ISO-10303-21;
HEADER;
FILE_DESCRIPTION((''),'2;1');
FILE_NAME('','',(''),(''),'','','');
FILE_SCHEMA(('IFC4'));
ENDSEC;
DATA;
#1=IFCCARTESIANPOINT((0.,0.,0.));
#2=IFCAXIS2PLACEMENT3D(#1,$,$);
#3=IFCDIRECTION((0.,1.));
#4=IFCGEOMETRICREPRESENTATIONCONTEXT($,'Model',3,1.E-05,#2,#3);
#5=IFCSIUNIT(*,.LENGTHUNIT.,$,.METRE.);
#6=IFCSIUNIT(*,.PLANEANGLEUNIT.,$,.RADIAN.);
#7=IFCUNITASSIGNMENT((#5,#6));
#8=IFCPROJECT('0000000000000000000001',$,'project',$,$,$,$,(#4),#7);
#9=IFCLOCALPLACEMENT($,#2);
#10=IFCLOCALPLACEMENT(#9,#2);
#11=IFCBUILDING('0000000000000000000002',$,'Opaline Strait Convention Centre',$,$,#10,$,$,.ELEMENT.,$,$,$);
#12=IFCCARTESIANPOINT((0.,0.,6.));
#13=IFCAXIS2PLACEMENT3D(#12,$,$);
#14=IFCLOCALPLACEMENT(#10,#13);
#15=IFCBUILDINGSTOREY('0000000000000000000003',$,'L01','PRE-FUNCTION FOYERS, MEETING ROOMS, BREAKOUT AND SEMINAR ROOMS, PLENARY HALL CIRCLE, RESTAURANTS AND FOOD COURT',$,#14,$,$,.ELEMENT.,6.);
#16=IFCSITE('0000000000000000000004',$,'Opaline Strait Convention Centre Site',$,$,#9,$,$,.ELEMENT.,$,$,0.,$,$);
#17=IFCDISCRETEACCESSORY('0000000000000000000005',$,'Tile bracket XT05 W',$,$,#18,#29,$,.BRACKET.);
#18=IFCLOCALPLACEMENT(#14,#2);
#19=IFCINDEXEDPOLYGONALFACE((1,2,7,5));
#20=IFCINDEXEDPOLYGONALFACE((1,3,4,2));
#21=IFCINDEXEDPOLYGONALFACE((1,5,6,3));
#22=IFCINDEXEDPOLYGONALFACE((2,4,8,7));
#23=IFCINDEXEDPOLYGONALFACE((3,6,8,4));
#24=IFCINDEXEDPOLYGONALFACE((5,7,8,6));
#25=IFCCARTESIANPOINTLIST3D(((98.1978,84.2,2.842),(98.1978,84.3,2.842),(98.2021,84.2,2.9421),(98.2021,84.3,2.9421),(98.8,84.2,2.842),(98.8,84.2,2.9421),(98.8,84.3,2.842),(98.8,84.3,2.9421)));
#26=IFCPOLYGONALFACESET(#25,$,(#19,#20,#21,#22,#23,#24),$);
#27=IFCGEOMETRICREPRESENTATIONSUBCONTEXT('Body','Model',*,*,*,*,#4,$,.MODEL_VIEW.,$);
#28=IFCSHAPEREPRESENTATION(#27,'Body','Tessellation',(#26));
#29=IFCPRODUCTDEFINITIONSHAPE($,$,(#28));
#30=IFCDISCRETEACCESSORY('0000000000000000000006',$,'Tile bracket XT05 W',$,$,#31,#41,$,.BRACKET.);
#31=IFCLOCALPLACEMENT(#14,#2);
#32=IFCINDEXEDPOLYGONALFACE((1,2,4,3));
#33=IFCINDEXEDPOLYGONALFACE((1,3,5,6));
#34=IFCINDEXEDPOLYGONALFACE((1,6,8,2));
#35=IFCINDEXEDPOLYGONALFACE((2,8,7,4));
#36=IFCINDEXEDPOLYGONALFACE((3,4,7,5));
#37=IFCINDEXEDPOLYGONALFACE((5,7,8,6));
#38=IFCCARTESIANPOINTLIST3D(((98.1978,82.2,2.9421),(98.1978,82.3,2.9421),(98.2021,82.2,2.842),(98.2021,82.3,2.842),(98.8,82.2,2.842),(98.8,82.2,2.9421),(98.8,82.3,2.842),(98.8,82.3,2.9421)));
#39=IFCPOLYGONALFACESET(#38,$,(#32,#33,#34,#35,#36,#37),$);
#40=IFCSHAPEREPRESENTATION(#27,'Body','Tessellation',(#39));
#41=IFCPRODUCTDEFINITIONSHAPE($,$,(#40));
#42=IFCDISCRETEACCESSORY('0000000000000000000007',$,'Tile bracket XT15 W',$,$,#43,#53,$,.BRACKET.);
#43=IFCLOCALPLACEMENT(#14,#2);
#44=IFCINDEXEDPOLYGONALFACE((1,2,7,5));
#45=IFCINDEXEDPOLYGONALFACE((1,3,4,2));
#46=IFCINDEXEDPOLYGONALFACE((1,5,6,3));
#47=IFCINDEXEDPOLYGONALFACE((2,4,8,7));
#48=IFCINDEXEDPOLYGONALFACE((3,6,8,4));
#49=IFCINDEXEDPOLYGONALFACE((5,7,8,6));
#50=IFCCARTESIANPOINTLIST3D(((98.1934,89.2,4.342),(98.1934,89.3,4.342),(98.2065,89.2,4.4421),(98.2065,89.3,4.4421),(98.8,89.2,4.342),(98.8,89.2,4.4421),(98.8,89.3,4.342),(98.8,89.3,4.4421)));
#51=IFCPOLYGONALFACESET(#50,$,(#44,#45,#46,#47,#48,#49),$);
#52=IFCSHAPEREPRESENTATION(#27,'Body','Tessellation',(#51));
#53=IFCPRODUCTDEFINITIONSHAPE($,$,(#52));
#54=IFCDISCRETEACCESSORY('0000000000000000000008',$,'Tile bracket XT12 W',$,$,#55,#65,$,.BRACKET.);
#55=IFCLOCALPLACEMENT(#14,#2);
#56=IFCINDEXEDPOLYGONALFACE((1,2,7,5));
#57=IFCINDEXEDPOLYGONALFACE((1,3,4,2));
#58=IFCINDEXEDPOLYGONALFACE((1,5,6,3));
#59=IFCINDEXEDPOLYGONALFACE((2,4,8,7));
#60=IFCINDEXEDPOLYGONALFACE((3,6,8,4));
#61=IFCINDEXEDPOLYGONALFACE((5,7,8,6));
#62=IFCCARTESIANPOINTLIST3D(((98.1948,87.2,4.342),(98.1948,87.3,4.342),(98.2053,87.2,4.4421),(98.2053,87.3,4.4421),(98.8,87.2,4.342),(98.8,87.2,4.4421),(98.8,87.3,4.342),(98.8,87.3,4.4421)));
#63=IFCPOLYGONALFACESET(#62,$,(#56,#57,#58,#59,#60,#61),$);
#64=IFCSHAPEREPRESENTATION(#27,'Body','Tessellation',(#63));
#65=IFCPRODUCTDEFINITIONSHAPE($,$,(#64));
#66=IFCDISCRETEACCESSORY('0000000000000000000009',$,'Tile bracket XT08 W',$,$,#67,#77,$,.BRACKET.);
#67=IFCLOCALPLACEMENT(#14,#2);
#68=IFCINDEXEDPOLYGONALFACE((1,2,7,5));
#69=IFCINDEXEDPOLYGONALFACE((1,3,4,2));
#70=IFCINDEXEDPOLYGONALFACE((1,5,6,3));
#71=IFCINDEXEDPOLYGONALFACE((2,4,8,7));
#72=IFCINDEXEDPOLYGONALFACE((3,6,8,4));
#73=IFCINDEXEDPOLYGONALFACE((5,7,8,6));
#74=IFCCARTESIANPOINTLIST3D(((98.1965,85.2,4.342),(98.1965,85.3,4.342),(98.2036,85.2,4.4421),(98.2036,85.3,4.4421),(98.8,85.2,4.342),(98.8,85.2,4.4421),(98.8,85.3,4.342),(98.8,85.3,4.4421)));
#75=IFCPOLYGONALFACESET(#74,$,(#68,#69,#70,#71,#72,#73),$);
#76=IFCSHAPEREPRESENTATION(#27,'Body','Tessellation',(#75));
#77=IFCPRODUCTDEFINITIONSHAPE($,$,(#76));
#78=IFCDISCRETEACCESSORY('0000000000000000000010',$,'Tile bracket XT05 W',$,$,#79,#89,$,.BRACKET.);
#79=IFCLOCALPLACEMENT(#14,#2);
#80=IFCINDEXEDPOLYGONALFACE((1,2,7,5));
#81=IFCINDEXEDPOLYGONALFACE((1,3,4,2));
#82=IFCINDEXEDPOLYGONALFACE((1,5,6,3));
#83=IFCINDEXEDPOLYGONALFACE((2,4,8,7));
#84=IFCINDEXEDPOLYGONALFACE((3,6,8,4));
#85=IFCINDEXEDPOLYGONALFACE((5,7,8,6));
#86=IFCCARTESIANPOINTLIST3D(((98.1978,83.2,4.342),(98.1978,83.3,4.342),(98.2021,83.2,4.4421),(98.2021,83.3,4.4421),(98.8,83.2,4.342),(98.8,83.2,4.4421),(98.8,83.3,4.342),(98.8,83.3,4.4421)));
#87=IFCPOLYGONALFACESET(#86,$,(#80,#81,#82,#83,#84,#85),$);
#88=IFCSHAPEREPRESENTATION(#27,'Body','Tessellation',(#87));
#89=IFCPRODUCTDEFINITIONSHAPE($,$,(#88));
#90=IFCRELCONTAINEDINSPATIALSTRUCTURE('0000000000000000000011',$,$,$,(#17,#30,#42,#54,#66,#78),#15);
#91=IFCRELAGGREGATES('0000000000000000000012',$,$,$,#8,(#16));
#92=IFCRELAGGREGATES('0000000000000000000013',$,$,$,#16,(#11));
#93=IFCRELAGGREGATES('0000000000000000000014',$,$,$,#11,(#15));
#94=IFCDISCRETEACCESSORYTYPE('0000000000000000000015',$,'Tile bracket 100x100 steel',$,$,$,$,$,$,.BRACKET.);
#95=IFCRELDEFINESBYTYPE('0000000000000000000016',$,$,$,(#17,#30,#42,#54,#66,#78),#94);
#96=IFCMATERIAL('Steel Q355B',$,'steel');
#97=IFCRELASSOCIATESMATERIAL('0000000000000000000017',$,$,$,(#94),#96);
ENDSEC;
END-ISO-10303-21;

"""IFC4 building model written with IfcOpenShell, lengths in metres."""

from ifc_helpers import new_model, si_unit, direction, frame, origin, place, context, subcontext, project, spatial, polyline, outline, extrude, material, type_object, element, save


model = new_model("IFC4")

# Units and contexts
model_context = context("Model", 3, precision=1e-05, world=origin(), true_north=direction((0.0, 1.0)))
body_context = subcontext(model_context, "Body", "Model", "MODEL_VIEW")
ifc_project = project(units=[si_unit("LENGTHUNIT", "METRE"), si_unit("PLANEANGLEUNIT", "RADIAN")], contexts=[model_context])

# Site, building, storey
site_placement = place(None, origin())
site = spatial("IfcSite", under=ifc_project, at=site_placement, Name="Opaline Strait Convention Centre Site", CompositionType="ELEMENT", RefElevation=0.0)
building_placement = place(site_placement, origin())
building = spatial("IfcBuilding", under=site, at=building_placement, Name="Opaline Strait Convention Centre", CompositionType="ELEMENT")
storey_placement = place(building_placement, frame((0.0, 0.0, 6.0)))
storey = spatial("IfcBuildingStorey", under=building, at=storey_placement, Name="L01", Description="PRE-FUNCTION FOYERS, MEETING ROOMS, BREAKOUT AND SEMINAR ROOMS, PLENARY HALL CIRCLE, RESTAURANTS AND FOOD COURT", CompositionType="ELEMENT", Elevation=6.0)

# Shared definitions
ifc_material_1 = material(Name="Steel Q355B", Category="steel")

# Discrete accessories
discrete_accessory_type = type_object("IfcDiscreteAccessoryType", Name="Tile bracket 100x100 steel", PredefinedType="BRACKET", material=ifc_material_1)
discrete_accessory_1_placement = place(storey_placement, frame((98.8, 84.3, 2.8921), z_axis=(0.0, -1.0, 0.0), x_axis=(1.0, 0.0, 0.0)))
element("IfcDiscreteAccessory", 1, at=discrete_accessory_1_placement, inside=storey, type_object=discrete_accessory_type, Name="Tile bracket XT05 W", PredefinedType="BRACKET", context=body_context, shape_type="SweptSolid", body=[
    extrude(outline(polyline([(0.0, -0.05), (0.0, 0.05), (-0.5979, 0.05), (-0.6023, -0.05), (0.0, -0.05)])), origin(), (0.0, 0.0, 1.0), 0.1001),
])
discrete_accessory_2_placement = place(storey_placement, frame((98.8, 82.3, 2.8921), z_axis=(0.0, -1.0, 0.0), x_axis=(1.0, 0.0, 0.0)))
element("IfcDiscreteAccessory", 2, at=discrete_accessory_2_placement, inside=storey, type_object=discrete_accessory_type, Name="Tile bracket XT05 W", PredefinedType="BRACKET", context=body_context, shape_type="SweptSolid", body=[
    extrude(outline(polyline([(0.0, -0.05), (0.0, 0.05), (-0.6023, 0.05), (-0.5979, -0.05), (0.0, -0.05)])), origin(), (0.0, 0.0, 1.0), 0.1001),
])
discrete_accessory_3_placement = place(storey_placement, frame((98.8, 89.3, 4.3921), z_axis=(0.0, -1.0, 0.0), x_axis=(1.0, 0.0, 0.0)))
element("IfcDiscreteAccessory", 3, at=discrete_accessory_3_placement, inside=storey, type_object=discrete_accessory_type, Name="Tile bracket XT15 W", PredefinedType="BRACKET", context=body_context, shape_type="SweptSolid", body=[
    extrude(outline(polyline([(0.0, -0.05), (0.0, 0.05), (-0.5935, 0.05), (-0.6067, -0.05), (0.0, -0.05)])), origin(), (0.0, 0.0, 1.0), 0.1001),
])
discrete_accessory_4_placement = place(storey_placement, frame((98.8, 87.3, 4.3921), z_axis=(0.0, -1.0, 0.0), x_axis=(1.0, 0.0, 0.0)))
element("IfcDiscreteAccessory", 4, at=discrete_accessory_4_placement, inside=storey, type_object=discrete_accessory_type, Name="Tile bracket XT12 W", PredefinedType="BRACKET", context=body_context, shape_type="SweptSolid", body=[
    extrude(outline(polyline([(0.0, -0.05), (0.0, 0.05), (-0.5947, 0.05), (-0.6052, -0.05), (0.0, -0.05)])), origin(), (0.0, 0.0, 1.0), 0.1001),
])
discrete_accessory_5_placement = place(storey_placement, frame((98.8, 85.3, 4.3921), z_axis=(0.0, -1.0, 0.0), x_axis=(1.0, 0.0, 0.0)))
element("IfcDiscreteAccessory", 5, at=discrete_accessory_5_placement, inside=storey, type_object=discrete_accessory_type, Name="Tile bracket XT08 W", PredefinedType="BRACKET", context=body_context, shape_type="SweptSolid", body=[
    extrude(outline(polyline([(0.0, -0.05), (0.0, 0.05), (-0.5964, 0.05), (-0.6035, -0.05), (0.0, -0.05)])), origin(), (0.0, 0.0, 1.0), 0.1001),
])
discrete_accessory_6_placement = place(storey_placement, frame((98.8, 83.3, 4.3921), z_axis=(0.0, -1.0, 0.0), x_axis=(1.0, 0.0, 0.0)))
element("IfcDiscreteAccessory", 6, at=discrete_accessory_6_placement, inside=storey, type_object=discrete_accessory_type, Name="Tile bracket XT05 W", PredefinedType="BRACKET", context=body_context, shape_type="SweptSolid", body=[
    extrude(outline(polyline([(0.0, -0.05), (0.0, 0.05), (-0.5979, 0.05), (-0.6023, -0.05), (0.0, -0.05)])), origin(), (0.0, 0.0, 1.0), 0.1001),
])

save(model, "model.ifc")
